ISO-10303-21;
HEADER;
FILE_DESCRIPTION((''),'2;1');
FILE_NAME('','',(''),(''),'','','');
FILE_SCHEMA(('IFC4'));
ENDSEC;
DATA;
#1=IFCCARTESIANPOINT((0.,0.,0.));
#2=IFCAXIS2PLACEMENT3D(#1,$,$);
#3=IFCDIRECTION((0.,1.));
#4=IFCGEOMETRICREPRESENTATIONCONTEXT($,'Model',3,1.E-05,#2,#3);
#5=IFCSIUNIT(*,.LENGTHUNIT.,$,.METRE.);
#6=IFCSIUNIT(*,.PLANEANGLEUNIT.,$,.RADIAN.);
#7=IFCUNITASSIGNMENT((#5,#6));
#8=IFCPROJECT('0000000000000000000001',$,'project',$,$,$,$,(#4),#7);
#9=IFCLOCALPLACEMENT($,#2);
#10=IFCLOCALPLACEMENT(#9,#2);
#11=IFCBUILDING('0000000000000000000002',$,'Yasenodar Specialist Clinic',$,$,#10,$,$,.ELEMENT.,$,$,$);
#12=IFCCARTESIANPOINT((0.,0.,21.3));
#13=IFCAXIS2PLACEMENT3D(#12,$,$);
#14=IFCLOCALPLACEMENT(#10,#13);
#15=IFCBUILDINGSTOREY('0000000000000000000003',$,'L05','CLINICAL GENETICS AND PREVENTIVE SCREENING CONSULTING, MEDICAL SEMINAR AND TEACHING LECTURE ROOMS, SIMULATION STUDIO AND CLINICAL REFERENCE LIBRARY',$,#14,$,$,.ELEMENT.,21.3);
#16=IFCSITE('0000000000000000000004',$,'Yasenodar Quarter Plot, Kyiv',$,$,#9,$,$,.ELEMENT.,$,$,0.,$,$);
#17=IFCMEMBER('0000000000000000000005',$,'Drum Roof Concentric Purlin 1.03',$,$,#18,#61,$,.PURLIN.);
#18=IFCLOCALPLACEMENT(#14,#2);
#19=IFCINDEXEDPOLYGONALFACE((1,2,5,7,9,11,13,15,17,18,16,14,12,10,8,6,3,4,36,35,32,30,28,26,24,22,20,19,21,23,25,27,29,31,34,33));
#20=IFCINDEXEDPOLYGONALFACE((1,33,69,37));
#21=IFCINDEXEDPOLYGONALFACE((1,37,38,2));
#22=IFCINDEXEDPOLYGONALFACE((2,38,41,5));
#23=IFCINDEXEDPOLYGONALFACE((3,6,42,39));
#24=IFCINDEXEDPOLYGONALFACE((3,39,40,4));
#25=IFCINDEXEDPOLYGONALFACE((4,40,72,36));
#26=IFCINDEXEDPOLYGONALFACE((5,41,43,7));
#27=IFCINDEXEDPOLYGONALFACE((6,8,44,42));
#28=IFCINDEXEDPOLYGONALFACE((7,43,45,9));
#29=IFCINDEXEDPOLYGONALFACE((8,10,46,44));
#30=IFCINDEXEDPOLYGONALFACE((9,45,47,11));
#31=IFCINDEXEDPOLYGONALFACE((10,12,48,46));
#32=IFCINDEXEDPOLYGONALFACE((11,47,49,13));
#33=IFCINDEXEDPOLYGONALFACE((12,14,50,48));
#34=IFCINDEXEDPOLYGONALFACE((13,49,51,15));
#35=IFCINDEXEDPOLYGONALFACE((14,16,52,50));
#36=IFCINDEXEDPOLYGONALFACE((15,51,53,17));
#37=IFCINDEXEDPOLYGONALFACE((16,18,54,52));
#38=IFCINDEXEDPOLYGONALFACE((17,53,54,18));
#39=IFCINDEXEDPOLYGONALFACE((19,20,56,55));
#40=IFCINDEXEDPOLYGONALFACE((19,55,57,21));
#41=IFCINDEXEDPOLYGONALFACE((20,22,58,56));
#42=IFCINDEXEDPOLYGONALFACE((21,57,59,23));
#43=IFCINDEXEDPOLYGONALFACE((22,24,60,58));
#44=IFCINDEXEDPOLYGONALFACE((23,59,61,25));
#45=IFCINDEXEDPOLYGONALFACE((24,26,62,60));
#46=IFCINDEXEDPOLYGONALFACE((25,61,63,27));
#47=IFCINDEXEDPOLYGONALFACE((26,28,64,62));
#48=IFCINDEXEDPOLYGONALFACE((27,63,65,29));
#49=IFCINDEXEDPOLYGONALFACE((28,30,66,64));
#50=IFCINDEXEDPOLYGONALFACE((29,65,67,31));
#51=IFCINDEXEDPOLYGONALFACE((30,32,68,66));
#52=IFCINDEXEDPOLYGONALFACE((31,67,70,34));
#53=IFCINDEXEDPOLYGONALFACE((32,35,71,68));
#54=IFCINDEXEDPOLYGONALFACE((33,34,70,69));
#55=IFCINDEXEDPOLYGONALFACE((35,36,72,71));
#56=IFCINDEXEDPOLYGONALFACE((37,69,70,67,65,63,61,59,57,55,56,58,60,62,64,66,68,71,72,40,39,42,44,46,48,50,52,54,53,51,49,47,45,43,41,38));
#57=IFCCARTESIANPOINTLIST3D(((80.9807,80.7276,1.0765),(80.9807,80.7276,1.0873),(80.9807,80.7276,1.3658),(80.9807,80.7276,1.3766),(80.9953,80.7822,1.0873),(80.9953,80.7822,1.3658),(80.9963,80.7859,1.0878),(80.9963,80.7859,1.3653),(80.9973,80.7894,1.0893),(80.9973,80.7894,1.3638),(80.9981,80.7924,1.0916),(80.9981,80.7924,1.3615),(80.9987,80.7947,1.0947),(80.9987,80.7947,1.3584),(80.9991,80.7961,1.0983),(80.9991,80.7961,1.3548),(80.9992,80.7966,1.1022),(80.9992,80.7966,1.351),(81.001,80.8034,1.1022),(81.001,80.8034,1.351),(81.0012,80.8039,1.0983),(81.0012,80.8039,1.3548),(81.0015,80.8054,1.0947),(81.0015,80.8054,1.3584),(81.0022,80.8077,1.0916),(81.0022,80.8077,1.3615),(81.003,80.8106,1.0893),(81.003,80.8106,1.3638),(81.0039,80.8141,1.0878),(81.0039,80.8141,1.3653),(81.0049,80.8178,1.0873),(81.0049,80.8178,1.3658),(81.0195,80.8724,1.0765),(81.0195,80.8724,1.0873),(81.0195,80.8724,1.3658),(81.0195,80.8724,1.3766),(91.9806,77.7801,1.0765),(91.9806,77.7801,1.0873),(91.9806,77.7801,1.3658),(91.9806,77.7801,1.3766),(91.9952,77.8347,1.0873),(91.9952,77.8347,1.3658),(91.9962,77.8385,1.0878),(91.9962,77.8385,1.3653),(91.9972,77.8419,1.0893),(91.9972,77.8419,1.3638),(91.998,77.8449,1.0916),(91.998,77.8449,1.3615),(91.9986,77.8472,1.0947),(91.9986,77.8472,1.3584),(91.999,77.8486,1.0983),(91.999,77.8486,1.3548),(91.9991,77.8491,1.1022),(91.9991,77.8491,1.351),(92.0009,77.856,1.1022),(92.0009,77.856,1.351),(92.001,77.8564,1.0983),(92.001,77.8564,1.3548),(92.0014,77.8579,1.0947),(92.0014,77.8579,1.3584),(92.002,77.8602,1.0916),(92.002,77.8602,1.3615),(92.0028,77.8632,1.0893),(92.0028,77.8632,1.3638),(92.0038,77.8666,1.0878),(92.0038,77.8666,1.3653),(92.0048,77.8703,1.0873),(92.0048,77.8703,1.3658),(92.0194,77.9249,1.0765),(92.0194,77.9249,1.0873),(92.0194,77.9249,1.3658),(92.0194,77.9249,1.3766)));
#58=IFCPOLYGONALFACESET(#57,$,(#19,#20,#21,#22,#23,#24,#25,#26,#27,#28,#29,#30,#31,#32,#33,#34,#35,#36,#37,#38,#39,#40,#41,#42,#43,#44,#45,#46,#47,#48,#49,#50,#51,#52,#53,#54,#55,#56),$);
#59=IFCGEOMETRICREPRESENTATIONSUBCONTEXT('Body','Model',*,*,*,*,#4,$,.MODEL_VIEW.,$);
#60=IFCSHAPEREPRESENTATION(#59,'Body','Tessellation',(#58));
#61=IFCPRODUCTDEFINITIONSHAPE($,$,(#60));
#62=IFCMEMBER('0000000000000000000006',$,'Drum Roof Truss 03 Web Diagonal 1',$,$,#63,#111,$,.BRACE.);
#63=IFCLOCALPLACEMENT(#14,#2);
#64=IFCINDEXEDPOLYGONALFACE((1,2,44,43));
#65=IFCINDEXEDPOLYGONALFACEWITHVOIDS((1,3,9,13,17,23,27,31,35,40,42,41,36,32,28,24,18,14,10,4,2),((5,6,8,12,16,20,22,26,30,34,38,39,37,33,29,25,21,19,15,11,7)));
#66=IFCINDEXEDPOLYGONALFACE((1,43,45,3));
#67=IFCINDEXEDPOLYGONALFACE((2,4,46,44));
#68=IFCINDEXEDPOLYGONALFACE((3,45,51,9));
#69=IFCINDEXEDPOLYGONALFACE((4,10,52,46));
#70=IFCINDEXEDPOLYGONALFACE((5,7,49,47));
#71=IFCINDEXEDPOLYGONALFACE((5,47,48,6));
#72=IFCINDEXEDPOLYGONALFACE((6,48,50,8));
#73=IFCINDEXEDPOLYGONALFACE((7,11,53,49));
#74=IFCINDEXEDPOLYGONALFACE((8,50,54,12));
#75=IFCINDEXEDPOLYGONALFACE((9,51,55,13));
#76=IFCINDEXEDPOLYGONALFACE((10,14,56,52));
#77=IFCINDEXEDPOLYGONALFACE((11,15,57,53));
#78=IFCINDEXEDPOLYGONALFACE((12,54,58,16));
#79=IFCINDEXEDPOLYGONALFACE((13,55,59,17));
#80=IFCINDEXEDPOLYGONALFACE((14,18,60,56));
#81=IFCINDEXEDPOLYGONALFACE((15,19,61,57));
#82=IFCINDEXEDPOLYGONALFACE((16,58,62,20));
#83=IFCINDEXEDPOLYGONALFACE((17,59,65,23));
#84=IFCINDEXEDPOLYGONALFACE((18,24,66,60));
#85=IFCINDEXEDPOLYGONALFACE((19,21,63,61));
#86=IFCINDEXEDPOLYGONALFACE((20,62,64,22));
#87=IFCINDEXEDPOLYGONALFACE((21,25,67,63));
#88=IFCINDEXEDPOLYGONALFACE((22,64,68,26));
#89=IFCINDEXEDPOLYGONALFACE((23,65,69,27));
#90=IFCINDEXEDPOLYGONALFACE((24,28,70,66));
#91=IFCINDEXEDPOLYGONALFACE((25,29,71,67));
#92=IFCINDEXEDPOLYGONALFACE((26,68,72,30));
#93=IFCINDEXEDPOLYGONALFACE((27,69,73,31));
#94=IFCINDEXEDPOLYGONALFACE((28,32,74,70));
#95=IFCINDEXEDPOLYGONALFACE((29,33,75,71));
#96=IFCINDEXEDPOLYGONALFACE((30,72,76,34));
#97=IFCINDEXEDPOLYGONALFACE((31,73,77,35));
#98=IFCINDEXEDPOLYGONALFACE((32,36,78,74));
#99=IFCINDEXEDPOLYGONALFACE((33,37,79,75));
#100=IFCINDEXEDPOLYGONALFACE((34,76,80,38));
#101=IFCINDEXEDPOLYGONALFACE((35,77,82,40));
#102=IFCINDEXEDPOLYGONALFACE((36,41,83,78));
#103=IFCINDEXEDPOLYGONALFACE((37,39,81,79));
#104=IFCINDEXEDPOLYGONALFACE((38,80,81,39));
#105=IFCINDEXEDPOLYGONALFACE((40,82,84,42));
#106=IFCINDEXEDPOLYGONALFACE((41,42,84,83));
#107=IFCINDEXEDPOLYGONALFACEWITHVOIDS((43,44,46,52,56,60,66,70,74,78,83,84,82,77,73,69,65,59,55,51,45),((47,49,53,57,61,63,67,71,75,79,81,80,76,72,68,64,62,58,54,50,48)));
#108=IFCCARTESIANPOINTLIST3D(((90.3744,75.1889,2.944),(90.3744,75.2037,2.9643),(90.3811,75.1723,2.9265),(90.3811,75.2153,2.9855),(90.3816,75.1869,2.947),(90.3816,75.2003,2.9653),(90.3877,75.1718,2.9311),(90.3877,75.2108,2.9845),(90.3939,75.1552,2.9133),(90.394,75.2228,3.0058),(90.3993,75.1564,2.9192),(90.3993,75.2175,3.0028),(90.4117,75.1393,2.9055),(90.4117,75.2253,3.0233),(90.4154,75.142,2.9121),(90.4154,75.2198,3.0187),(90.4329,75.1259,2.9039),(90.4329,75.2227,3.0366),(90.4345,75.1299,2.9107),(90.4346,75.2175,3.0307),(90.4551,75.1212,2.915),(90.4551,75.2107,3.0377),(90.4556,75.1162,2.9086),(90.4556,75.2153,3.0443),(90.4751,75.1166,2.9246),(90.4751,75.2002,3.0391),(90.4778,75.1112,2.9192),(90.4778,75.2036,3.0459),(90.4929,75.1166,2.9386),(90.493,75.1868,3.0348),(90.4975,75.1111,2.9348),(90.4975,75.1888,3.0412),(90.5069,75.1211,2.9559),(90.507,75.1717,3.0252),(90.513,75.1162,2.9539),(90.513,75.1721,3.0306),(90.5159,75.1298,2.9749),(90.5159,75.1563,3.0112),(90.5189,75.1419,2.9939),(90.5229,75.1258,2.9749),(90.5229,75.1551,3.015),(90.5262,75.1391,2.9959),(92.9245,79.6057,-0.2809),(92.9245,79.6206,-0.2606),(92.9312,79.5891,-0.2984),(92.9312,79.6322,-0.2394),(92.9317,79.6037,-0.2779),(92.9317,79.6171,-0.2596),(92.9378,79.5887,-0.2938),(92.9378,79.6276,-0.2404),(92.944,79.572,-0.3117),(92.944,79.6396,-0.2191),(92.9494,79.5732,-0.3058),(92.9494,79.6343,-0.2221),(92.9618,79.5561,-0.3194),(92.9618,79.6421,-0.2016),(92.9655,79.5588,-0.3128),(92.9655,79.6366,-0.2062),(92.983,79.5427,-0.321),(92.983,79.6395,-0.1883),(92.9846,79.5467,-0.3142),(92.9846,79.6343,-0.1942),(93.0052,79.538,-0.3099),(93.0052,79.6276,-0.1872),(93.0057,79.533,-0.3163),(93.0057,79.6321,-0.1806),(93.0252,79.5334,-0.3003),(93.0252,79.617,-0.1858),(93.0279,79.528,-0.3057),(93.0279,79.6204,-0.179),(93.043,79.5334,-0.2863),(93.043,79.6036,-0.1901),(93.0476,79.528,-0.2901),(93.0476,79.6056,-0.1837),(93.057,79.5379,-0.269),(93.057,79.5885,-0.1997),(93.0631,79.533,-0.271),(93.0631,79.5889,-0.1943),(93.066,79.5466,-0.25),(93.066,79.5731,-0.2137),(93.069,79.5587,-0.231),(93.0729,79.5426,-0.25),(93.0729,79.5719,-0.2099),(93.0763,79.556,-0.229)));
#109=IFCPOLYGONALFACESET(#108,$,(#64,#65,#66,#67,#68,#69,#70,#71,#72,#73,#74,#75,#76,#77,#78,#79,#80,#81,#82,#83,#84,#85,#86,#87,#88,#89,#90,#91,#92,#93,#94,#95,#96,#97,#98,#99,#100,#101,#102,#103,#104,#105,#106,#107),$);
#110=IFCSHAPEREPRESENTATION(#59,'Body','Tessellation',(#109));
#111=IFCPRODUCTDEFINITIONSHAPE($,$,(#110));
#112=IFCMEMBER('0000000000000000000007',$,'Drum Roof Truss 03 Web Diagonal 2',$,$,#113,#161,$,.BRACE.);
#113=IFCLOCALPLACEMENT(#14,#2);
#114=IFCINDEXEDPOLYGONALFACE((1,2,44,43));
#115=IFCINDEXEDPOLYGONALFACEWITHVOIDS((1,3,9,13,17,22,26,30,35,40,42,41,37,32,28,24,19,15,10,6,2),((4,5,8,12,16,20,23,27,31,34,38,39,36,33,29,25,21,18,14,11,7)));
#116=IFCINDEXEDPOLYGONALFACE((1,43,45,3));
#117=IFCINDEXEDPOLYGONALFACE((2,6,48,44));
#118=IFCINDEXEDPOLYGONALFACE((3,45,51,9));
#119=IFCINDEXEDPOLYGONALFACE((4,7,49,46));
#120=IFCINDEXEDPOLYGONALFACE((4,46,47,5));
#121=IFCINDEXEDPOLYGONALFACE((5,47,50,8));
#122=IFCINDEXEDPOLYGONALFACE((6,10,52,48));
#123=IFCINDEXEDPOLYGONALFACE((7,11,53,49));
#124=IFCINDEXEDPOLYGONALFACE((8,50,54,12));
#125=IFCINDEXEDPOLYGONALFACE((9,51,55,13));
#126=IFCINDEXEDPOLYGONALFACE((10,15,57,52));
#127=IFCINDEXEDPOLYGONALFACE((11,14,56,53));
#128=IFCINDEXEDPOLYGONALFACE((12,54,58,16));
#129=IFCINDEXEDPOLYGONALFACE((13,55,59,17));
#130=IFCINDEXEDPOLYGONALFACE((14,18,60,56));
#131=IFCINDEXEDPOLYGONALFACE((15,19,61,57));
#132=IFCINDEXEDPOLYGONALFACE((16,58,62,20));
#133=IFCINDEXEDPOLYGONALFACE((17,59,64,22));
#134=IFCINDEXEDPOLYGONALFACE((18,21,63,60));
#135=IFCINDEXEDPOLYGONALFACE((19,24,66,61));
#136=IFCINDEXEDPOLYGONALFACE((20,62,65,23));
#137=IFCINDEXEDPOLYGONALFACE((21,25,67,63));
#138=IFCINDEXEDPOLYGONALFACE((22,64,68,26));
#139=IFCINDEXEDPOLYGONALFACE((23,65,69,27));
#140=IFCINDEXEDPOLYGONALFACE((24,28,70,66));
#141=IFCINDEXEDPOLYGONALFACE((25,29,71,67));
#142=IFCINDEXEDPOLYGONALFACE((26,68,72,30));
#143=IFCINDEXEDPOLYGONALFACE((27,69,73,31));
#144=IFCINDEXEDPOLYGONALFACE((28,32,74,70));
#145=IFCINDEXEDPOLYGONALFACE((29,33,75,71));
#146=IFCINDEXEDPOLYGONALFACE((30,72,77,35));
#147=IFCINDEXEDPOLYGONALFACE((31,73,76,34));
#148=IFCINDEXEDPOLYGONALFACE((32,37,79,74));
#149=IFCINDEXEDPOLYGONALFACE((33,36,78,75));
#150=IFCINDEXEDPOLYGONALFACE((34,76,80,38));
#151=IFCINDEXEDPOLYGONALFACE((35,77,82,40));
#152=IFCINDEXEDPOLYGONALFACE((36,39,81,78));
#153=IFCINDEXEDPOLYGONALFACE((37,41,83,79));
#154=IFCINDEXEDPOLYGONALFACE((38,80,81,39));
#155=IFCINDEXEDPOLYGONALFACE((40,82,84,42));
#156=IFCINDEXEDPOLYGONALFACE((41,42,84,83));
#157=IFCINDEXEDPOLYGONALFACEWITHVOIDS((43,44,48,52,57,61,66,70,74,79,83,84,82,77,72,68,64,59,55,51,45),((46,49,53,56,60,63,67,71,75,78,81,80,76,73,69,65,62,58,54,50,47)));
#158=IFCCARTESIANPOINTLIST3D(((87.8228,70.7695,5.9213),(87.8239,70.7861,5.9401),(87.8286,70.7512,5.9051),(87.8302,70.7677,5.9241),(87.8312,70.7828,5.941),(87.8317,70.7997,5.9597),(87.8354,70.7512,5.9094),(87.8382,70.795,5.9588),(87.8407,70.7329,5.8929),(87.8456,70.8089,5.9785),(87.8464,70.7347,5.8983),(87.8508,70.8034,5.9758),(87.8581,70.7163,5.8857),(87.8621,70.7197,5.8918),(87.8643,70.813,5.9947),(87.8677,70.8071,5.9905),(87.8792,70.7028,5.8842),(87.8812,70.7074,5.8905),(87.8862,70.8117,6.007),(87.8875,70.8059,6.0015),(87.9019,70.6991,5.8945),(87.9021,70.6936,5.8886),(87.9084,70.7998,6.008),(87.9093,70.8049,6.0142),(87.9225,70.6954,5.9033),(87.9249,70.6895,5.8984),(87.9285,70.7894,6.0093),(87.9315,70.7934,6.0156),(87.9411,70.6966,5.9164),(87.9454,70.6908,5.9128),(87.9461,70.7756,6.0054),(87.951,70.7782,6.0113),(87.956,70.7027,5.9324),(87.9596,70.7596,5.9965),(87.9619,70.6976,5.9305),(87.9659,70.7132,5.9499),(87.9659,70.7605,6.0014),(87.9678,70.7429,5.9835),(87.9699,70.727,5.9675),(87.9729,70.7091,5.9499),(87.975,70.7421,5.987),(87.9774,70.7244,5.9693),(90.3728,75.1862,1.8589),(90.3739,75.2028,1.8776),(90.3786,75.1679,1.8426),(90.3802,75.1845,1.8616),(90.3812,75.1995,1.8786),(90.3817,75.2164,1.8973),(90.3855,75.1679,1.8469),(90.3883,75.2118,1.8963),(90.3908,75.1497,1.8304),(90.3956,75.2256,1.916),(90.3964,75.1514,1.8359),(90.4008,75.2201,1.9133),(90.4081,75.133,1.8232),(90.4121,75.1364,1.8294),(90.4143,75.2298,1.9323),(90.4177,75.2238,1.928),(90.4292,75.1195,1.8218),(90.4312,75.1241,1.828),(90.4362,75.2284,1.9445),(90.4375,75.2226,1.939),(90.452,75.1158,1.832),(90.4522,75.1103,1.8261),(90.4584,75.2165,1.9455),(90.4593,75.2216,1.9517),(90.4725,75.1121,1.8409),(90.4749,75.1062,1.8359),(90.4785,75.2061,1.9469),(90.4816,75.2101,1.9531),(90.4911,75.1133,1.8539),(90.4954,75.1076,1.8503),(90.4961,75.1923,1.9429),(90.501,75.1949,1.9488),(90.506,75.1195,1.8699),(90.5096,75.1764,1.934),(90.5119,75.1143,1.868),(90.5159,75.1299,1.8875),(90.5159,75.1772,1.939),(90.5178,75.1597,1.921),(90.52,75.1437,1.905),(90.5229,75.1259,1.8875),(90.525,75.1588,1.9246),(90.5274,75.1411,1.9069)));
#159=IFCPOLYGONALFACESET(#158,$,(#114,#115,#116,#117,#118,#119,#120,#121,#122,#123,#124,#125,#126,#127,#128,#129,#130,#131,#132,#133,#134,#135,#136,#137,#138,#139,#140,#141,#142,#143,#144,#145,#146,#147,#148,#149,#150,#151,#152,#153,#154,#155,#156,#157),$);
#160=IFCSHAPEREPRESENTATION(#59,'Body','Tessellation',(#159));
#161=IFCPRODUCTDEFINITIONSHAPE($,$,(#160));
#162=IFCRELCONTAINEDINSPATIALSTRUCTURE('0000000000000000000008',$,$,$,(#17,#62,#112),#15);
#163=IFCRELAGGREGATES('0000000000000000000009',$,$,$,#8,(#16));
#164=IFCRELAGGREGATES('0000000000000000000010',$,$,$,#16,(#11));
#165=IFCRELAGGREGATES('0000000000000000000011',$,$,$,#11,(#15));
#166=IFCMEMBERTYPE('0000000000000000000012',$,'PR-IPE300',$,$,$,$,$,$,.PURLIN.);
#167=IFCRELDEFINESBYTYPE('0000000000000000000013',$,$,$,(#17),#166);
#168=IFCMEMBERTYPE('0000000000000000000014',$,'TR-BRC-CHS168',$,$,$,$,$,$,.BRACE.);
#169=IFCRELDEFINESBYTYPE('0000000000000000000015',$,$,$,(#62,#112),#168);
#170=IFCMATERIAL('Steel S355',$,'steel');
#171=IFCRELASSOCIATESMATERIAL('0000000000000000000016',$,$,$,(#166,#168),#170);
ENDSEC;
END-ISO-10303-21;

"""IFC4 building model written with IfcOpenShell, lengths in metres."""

from ifc_helpers import new_model, si_unit, direction, frame, origin, origin_2d, place, context, subcontext, project, spatial, hollow_circle, i_section, extrude, material, material_profile, profile_set, type_object, element, save


model = new_model("IFC4")

# Units and contexts
model_context = context("Model", 3, precision=1e-05, world=origin(), true_north=direction((0.0, 1.0)))
body_context = subcontext(model_context, "Body", "Model", "MODEL_VIEW")
ifc_project = project(units=[si_unit("LENGTHUNIT", "METRE"), si_unit("PLANEANGLEUNIT", "RADIAN")], contexts=[model_context])

# Site, building, storey
site_placement = place(None, origin())
site = spatial("IfcSite", under=ifc_project, at=site_placement, Name="Yasenodar Quarter Plot, Kyiv", CompositionType="ELEMENT", RefElevation=0.0)
building_placement = place(site_placement, origin())
building = spatial("IfcBuilding", under=site, at=building_placement, Name="Yasenodar Specialist Clinic", CompositionType="ELEMENT")
storey_placement = place(building_placement, frame((0.0, 0.0, 21.3)))
storey = spatial("IfcBuildingStorey", under=building, at=storey_placement, Name="L05", Description="CLINICAL GENETICS AND PREVENTIVE SCREENING CONSULTING, MEDICAL SEMINAR AND TEACHING LECTURE ROOMS, SIMULATION STUDIO AND CLINICAL REFERENCE LIBRARY", CompositionType="ELEMENT", Elevation=21.3)

# Members
ifc_material_1 = material(Name="Steel S355", Category="steel")
ifc_material_profile_1 = material_profile(ifc_material_1, i_section(OverallWidth=0.1499, OverallDepth=0.3, WebThickness=0.0071, FlangeThickness=0.0107, FilletRadius=0.0149, at=origin_2d()), Name="IPE 300")
ifc_profile_set_1 = profile_set([ifc_material_profile_1], Name="Steel S355")
member_type_1 = type_object("IfcMemberType", Name="PR-IPE300", PredefinedType="PURLIN", material=ifc_profile_set_1)
member_1_placement = place(storey_placement, frame((92.0, 77.8525, 1.2266), z_axis=(-0.965924, 0.258825, 0.0), x_axis=(-0.258825, -0.965924, 0.0)))
element("IfcMember", 1, at=member_1_placement, inside=storey, type_object=member_type_1, Name="Drum Roof Concentric Purlin 1.03", PredefinedType="PURLIN", context=body_context, shape_type="SweptSolid", body=[
    extrude(i_section(OverallWidth=0.1499, OverallDepth=0.3, WebThickness=0.0071, FlangeThickness=0.0107, FilletRadius=0.0149, at=origin_2d()), origin(), (0.0, 0.0, 1.0), 11.3879),
])
ifc_material_profile_2 = material_profile(ifc_material_1, hollow_circle(Radius=0.0842, WallThickness=0.0081, at=origin_2d()), Name="CHS 168.3x8")
ifc_profile_set_2 = profile_set([ifc_material_profile_2], Name="Steel S355")
member_type_2 = type_object("IfcMemberType", Name="TR-BRC-CHS168", PredefinedType="BRACE", material=ifc_profile_set_2)
member_2_placement = place(storey_placement, frame((93.0, 79.5847, -0.25), z_axis=(-0.422608, -0.731967, 0.53444), x_axis=(0.866022, -0.500006, 0.0)))
element("IfcMember", 2, at=member_2_placement, inside=storey, type_object=member_type_2, Name="Drum Roof Truss 03 Web Diagonal 1", PredefinedType="BRACE", context=body_context, shape_type="SweptSolid", body=[
    extrude(hollow_circle(Radius=0.0842, WallThickness=0.0081, at=origin_2d()), origin(), (0.0, 0.0, 1.0), 6.0342),
])
member_3_placement = place(storey_placement, frame((90.45, 75.168, 1.8875), z_axis=(-0.391094, -0.677384, 0.623054), x_axis=(0.866022, -0.500006, 0.0)))
element("IfcMember", 3, at=member_3_placement, inside=storey, type_object=member_type_2, Name="Drum Roof Truss 03 Web Diagonal 2", PredefinedType="BRACE", context=body_context, shape_type="SweptSolid", body=[
    extrude(hollow_circle(Radius=0.0842, WallThickness=0.0081, at=origin_2d()), origin(), (0.0, 0.0, 1.0), 6.5203),
])

save(model, "model.ifc")
